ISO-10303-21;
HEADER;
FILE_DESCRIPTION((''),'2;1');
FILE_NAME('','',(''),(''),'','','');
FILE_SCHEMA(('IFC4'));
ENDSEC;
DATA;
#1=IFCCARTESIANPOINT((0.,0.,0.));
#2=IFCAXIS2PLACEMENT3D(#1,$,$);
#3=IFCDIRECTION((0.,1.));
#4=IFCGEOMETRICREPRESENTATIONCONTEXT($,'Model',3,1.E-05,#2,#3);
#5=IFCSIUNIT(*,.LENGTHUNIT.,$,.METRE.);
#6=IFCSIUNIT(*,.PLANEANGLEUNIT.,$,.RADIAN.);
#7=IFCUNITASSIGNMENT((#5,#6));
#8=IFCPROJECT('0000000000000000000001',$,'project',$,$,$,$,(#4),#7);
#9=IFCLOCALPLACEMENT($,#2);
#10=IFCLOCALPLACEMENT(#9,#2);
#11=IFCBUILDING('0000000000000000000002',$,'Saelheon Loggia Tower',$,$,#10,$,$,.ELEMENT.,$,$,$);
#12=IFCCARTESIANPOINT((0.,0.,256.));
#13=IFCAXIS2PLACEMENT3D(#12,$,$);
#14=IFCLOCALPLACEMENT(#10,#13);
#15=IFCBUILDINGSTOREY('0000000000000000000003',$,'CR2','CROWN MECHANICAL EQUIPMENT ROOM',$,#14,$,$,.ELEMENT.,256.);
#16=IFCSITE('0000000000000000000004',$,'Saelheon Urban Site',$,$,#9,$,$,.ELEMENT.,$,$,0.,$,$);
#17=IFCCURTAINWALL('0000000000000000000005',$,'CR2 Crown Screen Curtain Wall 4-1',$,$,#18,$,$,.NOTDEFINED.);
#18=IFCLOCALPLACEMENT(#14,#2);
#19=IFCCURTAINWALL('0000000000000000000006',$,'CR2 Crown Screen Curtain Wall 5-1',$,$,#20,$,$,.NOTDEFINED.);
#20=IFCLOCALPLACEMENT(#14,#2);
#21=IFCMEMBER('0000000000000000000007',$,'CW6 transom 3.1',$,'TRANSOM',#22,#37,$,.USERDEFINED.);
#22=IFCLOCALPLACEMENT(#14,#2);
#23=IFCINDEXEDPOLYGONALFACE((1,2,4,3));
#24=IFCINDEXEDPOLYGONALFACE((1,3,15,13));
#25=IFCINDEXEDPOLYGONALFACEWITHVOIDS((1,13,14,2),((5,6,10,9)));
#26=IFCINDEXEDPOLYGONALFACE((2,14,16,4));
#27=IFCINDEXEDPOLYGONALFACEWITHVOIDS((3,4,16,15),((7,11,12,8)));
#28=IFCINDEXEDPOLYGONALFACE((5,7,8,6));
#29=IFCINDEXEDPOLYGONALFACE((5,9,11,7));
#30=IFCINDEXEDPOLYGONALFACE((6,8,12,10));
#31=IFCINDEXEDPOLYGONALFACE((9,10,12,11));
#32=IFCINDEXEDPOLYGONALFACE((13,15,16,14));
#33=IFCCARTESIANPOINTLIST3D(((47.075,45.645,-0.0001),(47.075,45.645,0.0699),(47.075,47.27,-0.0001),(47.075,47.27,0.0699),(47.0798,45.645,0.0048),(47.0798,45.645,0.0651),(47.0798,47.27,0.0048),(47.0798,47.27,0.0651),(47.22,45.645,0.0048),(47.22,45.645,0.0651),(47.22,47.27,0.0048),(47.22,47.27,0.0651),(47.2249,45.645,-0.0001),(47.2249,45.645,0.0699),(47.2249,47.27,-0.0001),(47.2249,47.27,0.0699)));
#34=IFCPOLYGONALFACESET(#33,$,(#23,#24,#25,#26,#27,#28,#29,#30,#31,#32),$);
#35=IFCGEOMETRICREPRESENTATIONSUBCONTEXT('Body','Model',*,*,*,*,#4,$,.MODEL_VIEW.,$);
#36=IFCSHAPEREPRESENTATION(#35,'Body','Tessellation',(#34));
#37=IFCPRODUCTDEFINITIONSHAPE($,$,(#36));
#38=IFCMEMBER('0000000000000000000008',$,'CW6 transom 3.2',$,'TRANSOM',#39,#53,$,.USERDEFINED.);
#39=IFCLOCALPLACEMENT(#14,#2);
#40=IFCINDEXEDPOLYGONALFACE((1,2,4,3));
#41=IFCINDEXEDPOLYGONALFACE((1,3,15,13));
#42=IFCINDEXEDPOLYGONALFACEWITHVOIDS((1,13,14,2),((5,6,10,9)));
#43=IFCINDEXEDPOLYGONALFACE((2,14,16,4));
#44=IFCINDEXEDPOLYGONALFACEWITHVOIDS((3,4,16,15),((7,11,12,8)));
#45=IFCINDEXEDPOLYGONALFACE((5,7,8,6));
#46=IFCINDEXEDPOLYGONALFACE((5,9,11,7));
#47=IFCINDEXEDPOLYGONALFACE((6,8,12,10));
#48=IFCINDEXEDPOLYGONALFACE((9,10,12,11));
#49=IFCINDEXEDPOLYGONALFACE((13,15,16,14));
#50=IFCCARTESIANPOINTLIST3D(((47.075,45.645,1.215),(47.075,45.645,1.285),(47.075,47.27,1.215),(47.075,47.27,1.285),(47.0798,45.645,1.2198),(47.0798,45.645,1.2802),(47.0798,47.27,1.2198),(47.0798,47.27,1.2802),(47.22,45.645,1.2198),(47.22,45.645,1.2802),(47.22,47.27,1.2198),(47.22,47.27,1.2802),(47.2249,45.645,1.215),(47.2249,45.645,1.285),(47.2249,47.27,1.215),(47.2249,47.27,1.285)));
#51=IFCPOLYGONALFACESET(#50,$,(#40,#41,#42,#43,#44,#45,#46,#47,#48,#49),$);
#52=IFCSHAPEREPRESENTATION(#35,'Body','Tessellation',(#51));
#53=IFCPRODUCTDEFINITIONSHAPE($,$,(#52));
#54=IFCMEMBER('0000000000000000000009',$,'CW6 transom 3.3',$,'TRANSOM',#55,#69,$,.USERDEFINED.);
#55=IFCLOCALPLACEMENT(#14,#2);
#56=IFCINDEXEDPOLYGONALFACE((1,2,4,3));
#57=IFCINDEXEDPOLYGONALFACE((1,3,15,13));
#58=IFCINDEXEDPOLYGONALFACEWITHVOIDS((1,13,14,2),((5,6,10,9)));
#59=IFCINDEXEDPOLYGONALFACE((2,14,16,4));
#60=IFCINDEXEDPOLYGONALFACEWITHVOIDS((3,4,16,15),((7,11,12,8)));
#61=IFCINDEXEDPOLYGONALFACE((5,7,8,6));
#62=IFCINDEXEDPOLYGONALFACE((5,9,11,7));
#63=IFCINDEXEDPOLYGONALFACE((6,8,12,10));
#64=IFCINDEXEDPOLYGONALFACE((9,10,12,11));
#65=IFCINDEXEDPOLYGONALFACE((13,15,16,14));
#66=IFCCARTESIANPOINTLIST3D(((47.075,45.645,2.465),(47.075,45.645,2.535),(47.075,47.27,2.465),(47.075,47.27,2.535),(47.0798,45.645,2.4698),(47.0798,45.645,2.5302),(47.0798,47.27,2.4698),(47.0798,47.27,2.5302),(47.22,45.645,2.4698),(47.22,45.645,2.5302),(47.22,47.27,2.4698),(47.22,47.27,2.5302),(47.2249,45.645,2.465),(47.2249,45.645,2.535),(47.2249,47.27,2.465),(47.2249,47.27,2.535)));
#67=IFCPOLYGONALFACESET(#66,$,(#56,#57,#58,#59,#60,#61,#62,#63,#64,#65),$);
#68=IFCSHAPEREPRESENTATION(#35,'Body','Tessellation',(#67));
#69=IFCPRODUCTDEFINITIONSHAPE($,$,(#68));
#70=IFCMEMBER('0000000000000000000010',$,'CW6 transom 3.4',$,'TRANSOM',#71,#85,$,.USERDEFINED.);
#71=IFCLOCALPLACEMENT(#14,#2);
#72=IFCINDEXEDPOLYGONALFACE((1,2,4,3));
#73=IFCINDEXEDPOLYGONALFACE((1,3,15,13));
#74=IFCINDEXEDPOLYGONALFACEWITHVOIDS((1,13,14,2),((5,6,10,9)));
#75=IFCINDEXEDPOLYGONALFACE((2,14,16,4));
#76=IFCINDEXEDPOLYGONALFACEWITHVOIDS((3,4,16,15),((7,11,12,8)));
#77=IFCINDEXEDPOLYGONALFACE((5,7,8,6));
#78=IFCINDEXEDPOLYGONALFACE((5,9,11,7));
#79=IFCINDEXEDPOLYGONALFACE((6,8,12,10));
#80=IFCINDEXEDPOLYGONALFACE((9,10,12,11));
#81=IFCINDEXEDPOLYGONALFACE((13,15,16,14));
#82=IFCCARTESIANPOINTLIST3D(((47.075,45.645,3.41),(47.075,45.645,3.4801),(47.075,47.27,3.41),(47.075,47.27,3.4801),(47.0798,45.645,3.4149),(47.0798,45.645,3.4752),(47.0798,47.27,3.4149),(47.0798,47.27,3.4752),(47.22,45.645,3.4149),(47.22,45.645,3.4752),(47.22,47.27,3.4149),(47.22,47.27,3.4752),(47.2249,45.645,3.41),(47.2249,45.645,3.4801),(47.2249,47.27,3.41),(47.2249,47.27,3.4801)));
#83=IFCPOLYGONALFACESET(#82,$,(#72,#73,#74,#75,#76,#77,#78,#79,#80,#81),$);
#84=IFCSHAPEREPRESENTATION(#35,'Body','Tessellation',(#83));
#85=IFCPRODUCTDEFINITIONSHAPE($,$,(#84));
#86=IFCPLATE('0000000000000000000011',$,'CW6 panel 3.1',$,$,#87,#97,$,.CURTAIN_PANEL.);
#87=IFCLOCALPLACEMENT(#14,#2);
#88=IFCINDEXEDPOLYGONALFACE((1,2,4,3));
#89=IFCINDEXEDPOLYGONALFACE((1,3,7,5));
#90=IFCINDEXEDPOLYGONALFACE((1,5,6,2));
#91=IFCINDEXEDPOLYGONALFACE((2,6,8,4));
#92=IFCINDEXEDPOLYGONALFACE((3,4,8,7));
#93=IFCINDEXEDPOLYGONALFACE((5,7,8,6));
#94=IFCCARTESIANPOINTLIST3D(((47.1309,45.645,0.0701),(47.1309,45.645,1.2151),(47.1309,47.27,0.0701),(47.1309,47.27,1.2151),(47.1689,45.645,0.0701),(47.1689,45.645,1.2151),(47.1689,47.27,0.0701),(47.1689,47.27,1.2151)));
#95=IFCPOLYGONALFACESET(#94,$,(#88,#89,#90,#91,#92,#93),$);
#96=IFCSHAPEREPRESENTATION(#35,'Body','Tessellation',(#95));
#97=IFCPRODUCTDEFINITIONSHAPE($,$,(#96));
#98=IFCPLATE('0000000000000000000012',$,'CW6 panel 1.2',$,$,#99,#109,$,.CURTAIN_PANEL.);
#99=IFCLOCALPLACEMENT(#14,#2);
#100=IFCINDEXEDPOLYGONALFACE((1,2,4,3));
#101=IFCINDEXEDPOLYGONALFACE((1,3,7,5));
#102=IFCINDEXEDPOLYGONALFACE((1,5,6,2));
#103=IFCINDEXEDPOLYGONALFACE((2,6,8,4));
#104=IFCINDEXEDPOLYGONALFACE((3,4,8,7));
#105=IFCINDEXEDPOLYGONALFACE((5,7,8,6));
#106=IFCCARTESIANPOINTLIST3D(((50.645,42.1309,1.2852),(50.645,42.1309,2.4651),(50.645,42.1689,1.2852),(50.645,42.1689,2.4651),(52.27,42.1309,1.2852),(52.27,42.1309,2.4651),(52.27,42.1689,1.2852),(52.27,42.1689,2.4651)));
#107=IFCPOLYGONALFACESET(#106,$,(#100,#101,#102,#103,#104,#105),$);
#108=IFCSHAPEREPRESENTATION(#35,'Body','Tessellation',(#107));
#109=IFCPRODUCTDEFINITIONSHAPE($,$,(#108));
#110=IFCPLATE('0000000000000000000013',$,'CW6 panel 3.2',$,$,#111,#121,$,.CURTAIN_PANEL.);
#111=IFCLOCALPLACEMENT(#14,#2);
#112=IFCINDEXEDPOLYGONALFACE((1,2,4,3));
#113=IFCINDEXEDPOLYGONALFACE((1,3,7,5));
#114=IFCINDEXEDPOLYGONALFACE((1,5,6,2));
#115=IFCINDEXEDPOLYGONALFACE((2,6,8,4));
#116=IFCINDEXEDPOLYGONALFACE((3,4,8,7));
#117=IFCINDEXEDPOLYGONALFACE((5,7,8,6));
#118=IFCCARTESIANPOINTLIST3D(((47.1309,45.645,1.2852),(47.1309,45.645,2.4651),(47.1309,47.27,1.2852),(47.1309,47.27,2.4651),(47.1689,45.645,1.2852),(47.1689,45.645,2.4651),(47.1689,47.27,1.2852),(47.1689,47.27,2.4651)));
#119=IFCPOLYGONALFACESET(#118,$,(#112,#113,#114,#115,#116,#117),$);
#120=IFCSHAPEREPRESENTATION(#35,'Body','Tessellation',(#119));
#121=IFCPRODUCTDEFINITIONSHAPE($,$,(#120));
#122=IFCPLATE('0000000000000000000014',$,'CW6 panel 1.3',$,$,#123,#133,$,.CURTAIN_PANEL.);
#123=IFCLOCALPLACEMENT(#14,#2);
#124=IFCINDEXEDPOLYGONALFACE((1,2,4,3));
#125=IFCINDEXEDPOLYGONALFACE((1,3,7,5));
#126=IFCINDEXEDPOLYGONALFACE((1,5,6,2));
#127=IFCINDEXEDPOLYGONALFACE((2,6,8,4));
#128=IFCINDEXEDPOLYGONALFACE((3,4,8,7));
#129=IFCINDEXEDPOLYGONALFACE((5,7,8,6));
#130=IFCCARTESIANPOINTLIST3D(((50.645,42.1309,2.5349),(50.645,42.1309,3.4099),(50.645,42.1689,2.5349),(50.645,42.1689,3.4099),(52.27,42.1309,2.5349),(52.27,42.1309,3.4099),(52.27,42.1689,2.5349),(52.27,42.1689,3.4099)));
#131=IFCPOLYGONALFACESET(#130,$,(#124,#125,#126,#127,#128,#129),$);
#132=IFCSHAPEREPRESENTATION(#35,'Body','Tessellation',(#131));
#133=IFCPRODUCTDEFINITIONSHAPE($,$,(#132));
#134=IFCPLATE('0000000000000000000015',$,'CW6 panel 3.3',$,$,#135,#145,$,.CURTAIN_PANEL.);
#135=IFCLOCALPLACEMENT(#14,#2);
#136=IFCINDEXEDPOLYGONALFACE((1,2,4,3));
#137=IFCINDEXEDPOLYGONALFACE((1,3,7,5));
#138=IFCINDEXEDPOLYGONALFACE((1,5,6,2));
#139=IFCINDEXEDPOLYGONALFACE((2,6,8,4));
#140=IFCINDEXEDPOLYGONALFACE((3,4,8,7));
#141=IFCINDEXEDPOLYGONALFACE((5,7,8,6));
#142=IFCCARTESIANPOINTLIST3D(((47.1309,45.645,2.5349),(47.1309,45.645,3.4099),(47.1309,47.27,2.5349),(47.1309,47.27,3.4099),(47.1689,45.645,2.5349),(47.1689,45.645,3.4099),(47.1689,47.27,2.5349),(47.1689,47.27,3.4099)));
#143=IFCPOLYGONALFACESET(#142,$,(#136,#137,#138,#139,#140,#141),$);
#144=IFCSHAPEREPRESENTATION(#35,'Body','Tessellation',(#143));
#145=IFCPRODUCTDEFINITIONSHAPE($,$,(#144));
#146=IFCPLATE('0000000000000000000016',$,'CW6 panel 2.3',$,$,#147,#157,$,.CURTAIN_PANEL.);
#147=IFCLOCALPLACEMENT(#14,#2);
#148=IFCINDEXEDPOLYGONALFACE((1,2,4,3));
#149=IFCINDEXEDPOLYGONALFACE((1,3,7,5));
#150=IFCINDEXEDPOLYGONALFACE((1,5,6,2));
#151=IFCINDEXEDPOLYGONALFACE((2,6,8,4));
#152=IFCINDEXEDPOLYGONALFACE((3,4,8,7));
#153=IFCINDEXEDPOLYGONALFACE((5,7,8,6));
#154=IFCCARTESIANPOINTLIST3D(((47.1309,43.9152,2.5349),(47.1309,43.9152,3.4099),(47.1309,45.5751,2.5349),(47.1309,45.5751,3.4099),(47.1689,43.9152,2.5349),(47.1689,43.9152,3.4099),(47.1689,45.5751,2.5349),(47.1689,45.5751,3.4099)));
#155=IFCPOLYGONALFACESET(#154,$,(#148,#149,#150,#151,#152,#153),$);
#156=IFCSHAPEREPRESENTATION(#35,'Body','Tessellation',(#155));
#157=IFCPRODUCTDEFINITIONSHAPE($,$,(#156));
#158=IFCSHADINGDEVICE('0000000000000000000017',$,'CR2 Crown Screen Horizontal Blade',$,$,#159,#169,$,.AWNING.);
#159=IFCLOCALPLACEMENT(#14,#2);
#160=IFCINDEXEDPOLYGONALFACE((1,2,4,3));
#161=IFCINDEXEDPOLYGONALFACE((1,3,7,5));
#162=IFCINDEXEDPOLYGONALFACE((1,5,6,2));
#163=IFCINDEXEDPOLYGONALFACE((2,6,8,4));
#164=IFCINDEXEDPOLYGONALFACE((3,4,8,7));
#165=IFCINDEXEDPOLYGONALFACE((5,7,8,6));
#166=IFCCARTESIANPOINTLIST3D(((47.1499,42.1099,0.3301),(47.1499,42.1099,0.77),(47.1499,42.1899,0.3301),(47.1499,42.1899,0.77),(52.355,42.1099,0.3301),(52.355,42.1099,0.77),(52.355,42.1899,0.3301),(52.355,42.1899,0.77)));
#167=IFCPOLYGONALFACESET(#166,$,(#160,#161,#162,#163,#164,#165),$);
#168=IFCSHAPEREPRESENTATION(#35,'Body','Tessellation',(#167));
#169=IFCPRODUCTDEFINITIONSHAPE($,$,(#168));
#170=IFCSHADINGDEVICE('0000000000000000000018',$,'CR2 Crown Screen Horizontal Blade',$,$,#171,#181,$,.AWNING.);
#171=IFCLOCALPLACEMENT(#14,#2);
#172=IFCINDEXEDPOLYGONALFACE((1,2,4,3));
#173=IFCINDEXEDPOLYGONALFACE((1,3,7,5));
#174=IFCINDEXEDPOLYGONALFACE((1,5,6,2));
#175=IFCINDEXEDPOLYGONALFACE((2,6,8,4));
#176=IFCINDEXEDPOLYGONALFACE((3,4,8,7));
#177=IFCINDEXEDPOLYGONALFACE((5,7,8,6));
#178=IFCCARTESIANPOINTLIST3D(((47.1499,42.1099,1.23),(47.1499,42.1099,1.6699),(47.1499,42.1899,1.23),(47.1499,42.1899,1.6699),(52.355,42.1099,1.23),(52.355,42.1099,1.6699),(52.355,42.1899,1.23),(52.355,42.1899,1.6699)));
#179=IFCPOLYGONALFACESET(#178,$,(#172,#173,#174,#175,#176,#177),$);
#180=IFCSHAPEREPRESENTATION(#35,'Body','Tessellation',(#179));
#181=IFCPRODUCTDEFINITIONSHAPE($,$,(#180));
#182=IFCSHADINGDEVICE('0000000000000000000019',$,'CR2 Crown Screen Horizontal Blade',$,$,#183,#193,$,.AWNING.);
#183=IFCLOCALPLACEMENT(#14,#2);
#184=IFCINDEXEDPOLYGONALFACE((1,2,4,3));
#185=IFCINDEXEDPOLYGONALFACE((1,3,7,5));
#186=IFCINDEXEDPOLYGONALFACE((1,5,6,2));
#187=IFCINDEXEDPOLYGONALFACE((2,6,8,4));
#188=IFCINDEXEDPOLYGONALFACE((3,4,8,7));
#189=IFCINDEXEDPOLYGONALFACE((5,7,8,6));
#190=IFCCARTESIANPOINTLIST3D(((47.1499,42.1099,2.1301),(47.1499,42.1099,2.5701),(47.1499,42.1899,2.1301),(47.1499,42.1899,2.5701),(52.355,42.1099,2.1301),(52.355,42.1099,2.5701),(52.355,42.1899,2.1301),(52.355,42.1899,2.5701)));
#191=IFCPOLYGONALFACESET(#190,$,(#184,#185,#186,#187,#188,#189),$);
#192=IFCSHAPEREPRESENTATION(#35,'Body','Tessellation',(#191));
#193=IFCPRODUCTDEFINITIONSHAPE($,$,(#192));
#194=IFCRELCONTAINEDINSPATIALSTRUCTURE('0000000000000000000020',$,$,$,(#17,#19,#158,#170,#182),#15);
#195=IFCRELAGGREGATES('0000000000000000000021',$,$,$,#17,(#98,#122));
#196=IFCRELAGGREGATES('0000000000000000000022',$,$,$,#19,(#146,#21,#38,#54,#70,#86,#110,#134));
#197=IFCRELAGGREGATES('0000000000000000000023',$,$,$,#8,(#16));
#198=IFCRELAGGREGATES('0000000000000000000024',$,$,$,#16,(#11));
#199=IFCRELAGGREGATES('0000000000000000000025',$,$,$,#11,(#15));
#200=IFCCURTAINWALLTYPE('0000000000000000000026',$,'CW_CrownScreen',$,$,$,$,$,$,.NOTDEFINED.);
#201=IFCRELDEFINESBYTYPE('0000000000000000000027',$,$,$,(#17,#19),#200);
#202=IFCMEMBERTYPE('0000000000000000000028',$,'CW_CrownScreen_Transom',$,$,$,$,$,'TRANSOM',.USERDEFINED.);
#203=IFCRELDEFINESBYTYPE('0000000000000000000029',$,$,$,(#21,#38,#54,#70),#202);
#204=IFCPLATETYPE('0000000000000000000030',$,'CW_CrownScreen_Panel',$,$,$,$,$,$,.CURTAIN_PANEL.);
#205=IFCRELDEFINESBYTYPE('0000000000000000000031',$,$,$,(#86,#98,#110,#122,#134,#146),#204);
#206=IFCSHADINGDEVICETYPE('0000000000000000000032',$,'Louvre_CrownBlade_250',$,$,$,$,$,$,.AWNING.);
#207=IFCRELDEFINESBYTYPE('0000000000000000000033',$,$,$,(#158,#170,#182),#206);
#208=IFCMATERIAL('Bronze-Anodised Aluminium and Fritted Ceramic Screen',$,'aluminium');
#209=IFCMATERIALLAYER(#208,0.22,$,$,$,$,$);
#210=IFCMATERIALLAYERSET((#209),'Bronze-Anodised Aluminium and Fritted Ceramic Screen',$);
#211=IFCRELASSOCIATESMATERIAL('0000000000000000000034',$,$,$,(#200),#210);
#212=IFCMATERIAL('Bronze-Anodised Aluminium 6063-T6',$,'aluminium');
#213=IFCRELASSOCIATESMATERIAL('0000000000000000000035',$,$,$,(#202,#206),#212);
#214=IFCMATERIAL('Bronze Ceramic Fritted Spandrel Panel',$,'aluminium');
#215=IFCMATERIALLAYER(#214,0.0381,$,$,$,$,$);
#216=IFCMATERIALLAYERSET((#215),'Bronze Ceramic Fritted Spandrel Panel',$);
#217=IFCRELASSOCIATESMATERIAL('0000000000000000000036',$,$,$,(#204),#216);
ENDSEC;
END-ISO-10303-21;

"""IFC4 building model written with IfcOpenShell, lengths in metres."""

from ifc_helpers import new_model, si_unit, direction, frame, origin, origin_2d, place, context, subcontext, project, spatial, rectangle, hollow_rectangle, extrude, source, transform, mapped, material, layer, layer_set, material_profile, profile_set, type_object, element, aggregate, save


model = new_model("IFC4")

# Units and contexts
model_context = context("Model", 3, precision=1e-05, world=origin(), true_north=direction((0.0, 1.0)))
body_context = subcontext(model_context, "Body", "Model", "MODEL_VIEW")
ifc_project = project(units=[si_unit("LENGTHUNIT", "METRE"), si_unit("PLANEANGLEUNIT", "RADIAN")], contexts=[model_context])

# Site, building, storey
site_placement = place(None, origin())
site = spatial("IfcSite", under=ifc_project, at=site_placement, Name="Saelheon Urban Site", CompositionType="ELEMENT", RefElevation=0.0)
building_placement = place(site_placement, origin())
building = spatial("IfcBuilding", under=site, at=building_placement, Name="Saelheon Loggia Tower", CompositionType="ELEMENT")
storey_placement = place(building_placement, frame((0.0, 0.0, 256.0)))
storey = spatial("IfcBuildingStorey", under=building, at=storey_placement, Name="CR2", Description="CROWN MECHANICAL EQUIPMENT ROOM", CompositionType="ELEMENT", Elevation=256.0)

# Curtain wall
ifc_material_1 = material(Name="Bronze-Anodised Aluminium and Fritted Ceramic Screen", Category="aluminium")
ifc_layer_1 = layer(ifc_material_1, 0.22)
ifc_layer_set_1 = layer_set([ifc_layer_1], Name="Bronze-Anodised Aluminium and Fritted Ceramic Screen")
curtain_wall_type = type_object("IfcCurtainWallType", Name="CW_CrownScreen", PredefinedType="NOTDEFINED", material=ifc_layer_set_1)
curtain_wall_1_placement = place(storey_placement, origin())
curtain_wall_1 = element("IfcCurtainWall", 1, at=curtain_wall_1_placement, inside=storey, type_object=curtain_wall_type, Name="CR2 Crown Screen Curtain Wall 4-1", PredefinedType="NOTDEFINED")
ifc_material_2 = material(Name="Bronze-Anodised Aluminium 6063-T6", Category="aluminium")

# Curtain wall
curtain_wall_2_placement = place(storey_placement, origin())
curtain_wall_2 = element("IfcCurtainWall", 2, at=curtain_wall_2_placement, inside=storey, type_object=curtain_wall_type, Name="CR2 Crown Screen Curtain Wall 5-1", PredefinedType="NOTDEFINED")

# Members
ifc_material_profile_1 = material_profile(ifc_material_2, hollow_rectangle(XDim=0.0701, YDim=0.1499, WallThickness=0.0049, at=origin_2d()), Name="RHS-150x70x5")
ifc_profile_set_1 = profile_set([ifc_material_profile_1], Name="Bronze-Anodised Aluminium 6063-T6")
member_type_1 = type_object("IfcMemberType", Name="CW_CrownScreen_Transom", ElementType="TRANSOM", PredefinedType="USERDEFINED", material=ifc_profile_set_1)
shared_shape_1 = source(origin(), body_context, "Body", "SweptSolid", [
    extrude(hollow_rectangle(XDim=0.0701, YDim=0.1499, WallThickness=0.0049, at=origin_2d()), origin(), (0.0, 0.0, 1.0), 1.625),
])
member_1_placement = place(storey_placement, frame((47.1499, 45.645, 0.0349), z_axis=(0.0, 1.0, 0.0), x_axis=(0.0, 0.0, 1.0)))
member_1 = element("IfcMember", 3, at=member_1_placement, type_object=member_type_1, Name="CW6 transom 3.1", ObjectType="TRANSOM", PredefinedType="USERDEFINED", context=body_context, shape_type="MappedRepresentation", body=[
    mapped(shared_shape_1, transform((0.0, 0.0, 0.0), scale=1.0)),
])
member_2_placement = place(storey_placement, frame((47.1499, 45.645, 1.25), z_axis=(0.0, 1.0, 0.0), x_axis=(0.0, 0.0, 1.0)))
member_2 = element("IfcMember", 4, at=member_2_placement, type_object=member_type_1, Name="CW6 transom 3.2", ObjectType="TRANSOM", PredefinedType="USERDEFINED", context=body_context, shape_type="MappedRepresentation", body=[
    mapped(shared_shape_1, transform((0.0, 0.0, 0.0), scale=1.0)),
])
member_3_placement = place(storey_placement, frame((47.1499, 45.645, 2.5), z_axis=(0.0, 1.0, 0.0), x_axis=(0.0, 0.0, 1.0)))
member_3 = element("IfcMember", 5, at=member_3_placement, type_object=member_type_1, Name="CW6 transom 3.3", ObjectType="TRANSOM", PredefinedType="USERDEFINED", context=body_context, shape_type="MappedRepresentation", body=[
    mapped(shared_shape_1, transform((0.0, 0.0, 0.0), scale=1.0)),
])
member_4_placement = place(storey_placement, frame((47.1499, 45.645, 3.4451), z_axis=(0.0, 1.0, 0.0), x_axis=(0.0, 0.0, 1.0)))
member_4 = element("IfcMember", 6, at=member_4_placement, type_object=member_type_1, Name="CW6 transom 3.4", ObjectType="TRANSOM", PredefinedType="USERDEFINED", context=body_context, shape_type="MappedRepresentation", body=[
    mapped(shared_shape_1, transform((0.0, 0.0, 0.0), scale=1.0)),
])

# Plates
ifc_material_3 = material(Name="Bronze Ceramic Fritted Spandrel Panel", Category="aluminium")
ifc_layer_2 = layer(ifc_material_3, 0.0381)
ifc_layer_set_2 = layer_set([ifc_layer_2], Name="Bronze Ceramic Fritted Spandrel Panel")
plate_type = type_object("IfcPlateType", Name="CW_CrownScreen_Panel", PredefinedType="CURTAIN_PANEL", material=ifc_layer_set_2)
shared_shape_2 = source(origin(), body_context, "Body", "SweptSolid", [
    extrude(rectangle(XDim=1.625, YDim=0.0381, at=origin_2d()), origin(), (0.0, 0.0, 1.0), 1.145),
])
plate_1_placement = place(storey_placement, frame((47.1499, 46.4575, 0.0701), z_axis=(0.0, 0.0, 1.0), x_axis=(0.0, 1.0, 0.0)))
plate_1 = element("IfcPlate", 7, at=plate_1_placement, type_object=plate_type, Name="CW6 panel 3.1", PredefinedType="CURTAIN_PANEL", context=body_context, shape_type="MappedRepresentation", body=[
    mapped(shared_shape_2, transform((0.0, 0.0, 0.0), scale=1.0)),
])
shared_shape_3 = source(origin(), body_context, "Body", "SweptSolid", [
    extrude(rectangle(XDim=1.625, YDim=0.0381, at=origin_2d()), origin(), (0.0, 0.0, 1.0), 1.1799),
])
plate_2_placement = place(storey_placement, frame((51.4575, 42.1499, 1.2852), z_axis=(0.0, 0.0, 1.0), x_axis=(-1.0, 0.0, 0.0)))
plate_2 = element("IfcPlate", 8, at=plate_2_placement, type_object=plate_type, Name="CW6 panel 1.2", PredefinedType="CURTAIN_PANEL", context=body_context, shape_type="MappedRepresentation", body=[
    mapped(shared_shape_3, transform((0.0, 0.0, 0.0), scale=1.0)),
])
plate_3_placement = place(storey_placement, frame((47.1499, 46.4575, 1.2852), z_axis=(0.0, 0.0, 1.0), x_axis=(0.0, 1.0, 0.0)))
plate_3 = element("IfcPlate", 9, at=plate_3_placement, type_object=plate_type, Name="CW6 panel 3.2", PredefinedType="CURTAIN_PANEL", context=body_context, shape_type="MappedRepresentation", body=[
    mapped(shared_shape_3, transform((0.0, 0.0, 0.0), scale=1.0)),
])
shared_shape_4 = source(origin(), body_context, "Body", "SweptSolid", [
    extrude(rectangle(XDim=1.625, YDim=0.0381, at=origin_2d()), origin(), (0.0, 0.0, 1.0), 0.875),
])
plate_4_placement = place(storey_placement, frame((51.4575, 42.1499, 2.5349), z_axis=(0.0, 0.0, 1.0), x_axis=(-1.0, 0.0, 0.0)))
plate_4 = element("IfcPlate", 10, at=plate_4_placement, type_object=plate_type, Name="CW6 panel 1.3", PredefinedType="CURTAIN_PANEL", context=body_context, shape_type="MappedRepresentation", body=[
    mapped(shared_shape_4, transform((0.0, 0.0, 0.0), scale=1.0)),
])
aggregate(curtain_wall_1, [plate_2, plate_4])
plate_5_placement = place(storey_placement, frame((47.1499, 46.4575, 2.5349), z_axis=(0.0, 0.0, 1.0), x_axis=(0.0, 1.0, 0.0)))
plate_5 = element("IfcPlate", 11, at=plate_5_placement, type_object=plate_type, Name="CW6 panel 3.3", PredefinedType="CURTAIN_PANEL", context=body_context, shape_type="MappedRepresentation", body=[
    mapped(shared_shape_4, transform((0.0, 0.0, 0.0), scale=1.0)),
])
shared_shape_5 = source(origin(), body_context, "Body", "SweptSolid", [
    extrude(rectangle(XDim=1.6599, YDim=0.0381, at=origin_2d()), origin(), (0.0, 0.0, 1.0), 0.875),
])
plate_6_placement = place(storey_placement, frame((47.1499, 44.7451, 2.5349), z_axis=(0.0, 0.0, 1.0), x_axis=(0.0, 1.0, 0.0)))
plate_6 = element("IfcPlate", 12, at=plate_6_placement, type_object=plate_type, Name="CW6 panel 2.3", PredefinedType="CURTAIN_PANEL", context=body_context, shape_type="MappedRepresentation", body=[
    mapped(shared_shape_5, transform((0.0, 0.0, 0.0), scale=1.0)),
])
aggregate(curtain_wall_2, [plate_6, member_1, member_2, member_3, member_4, plate_1, plate_3, plate_5])

# Shading devices
ifc_material_profile_2 = material_profile(ifc_material_2, rectangle(XDim=0.0801, YDim=0.4399, at=origin_2d()), Name="Louvre_CrownBlade_250")
ifc_profile_set_2 = profile_set([ifc_material_profile_2], Name="Bronze-Anodised Aluminium 6063-T6")
shading_device_type = type_object("IfcShadingDeviceType", Name="Louvre_CrownBlade_250", PredefinedType="AWNING", material=ifc_profile_set_2)
shared_shape_6 = source(origin(), body_context, "Body", "SweptSolid", [
    extrude(rectangle(XDim=0.0801, YDim=0.4399, at=origin_2d()), origin(), (0.0, 0.0, 1.0), 5.2051),
])
for number, where, z_axis, x_axis, name in (
    (13, (52.355, 42.1499, 0.55), (-1.0, 0.0, 0.0), (0.0, -1.0, 0.0), "CR2 Crown Screen Horizontal Blade"),
    (14, (52.355, 42.1499, 1.45), (-1.0, 0.0, 0.0), (0.0, -1.0, 0.0), "CR2 Crown Screen Horizontal Blade"),
    (15, (52.355, 42.1499, 2.3501), (-1.0, 0.0, 0.0), (0.0, -1.0, 0.0), "CR2 Crown Screen Horizontal Blade"),
):
    element("IfcShadingDevice", number, at=place(storey_placement, frame(where, z_axis=z_axis, x_axis=x_axis)), inside=storey, type_object=shading_device_type, Name=name, PredefinedType="AWNING", context=body_context, shape_type="MappedRepresentation", body=[
        mapped(shared_shape_6, transform((0.0, 0.0, 0.0), scale=1.0)),
    ])

save(model, "model.ifc")
